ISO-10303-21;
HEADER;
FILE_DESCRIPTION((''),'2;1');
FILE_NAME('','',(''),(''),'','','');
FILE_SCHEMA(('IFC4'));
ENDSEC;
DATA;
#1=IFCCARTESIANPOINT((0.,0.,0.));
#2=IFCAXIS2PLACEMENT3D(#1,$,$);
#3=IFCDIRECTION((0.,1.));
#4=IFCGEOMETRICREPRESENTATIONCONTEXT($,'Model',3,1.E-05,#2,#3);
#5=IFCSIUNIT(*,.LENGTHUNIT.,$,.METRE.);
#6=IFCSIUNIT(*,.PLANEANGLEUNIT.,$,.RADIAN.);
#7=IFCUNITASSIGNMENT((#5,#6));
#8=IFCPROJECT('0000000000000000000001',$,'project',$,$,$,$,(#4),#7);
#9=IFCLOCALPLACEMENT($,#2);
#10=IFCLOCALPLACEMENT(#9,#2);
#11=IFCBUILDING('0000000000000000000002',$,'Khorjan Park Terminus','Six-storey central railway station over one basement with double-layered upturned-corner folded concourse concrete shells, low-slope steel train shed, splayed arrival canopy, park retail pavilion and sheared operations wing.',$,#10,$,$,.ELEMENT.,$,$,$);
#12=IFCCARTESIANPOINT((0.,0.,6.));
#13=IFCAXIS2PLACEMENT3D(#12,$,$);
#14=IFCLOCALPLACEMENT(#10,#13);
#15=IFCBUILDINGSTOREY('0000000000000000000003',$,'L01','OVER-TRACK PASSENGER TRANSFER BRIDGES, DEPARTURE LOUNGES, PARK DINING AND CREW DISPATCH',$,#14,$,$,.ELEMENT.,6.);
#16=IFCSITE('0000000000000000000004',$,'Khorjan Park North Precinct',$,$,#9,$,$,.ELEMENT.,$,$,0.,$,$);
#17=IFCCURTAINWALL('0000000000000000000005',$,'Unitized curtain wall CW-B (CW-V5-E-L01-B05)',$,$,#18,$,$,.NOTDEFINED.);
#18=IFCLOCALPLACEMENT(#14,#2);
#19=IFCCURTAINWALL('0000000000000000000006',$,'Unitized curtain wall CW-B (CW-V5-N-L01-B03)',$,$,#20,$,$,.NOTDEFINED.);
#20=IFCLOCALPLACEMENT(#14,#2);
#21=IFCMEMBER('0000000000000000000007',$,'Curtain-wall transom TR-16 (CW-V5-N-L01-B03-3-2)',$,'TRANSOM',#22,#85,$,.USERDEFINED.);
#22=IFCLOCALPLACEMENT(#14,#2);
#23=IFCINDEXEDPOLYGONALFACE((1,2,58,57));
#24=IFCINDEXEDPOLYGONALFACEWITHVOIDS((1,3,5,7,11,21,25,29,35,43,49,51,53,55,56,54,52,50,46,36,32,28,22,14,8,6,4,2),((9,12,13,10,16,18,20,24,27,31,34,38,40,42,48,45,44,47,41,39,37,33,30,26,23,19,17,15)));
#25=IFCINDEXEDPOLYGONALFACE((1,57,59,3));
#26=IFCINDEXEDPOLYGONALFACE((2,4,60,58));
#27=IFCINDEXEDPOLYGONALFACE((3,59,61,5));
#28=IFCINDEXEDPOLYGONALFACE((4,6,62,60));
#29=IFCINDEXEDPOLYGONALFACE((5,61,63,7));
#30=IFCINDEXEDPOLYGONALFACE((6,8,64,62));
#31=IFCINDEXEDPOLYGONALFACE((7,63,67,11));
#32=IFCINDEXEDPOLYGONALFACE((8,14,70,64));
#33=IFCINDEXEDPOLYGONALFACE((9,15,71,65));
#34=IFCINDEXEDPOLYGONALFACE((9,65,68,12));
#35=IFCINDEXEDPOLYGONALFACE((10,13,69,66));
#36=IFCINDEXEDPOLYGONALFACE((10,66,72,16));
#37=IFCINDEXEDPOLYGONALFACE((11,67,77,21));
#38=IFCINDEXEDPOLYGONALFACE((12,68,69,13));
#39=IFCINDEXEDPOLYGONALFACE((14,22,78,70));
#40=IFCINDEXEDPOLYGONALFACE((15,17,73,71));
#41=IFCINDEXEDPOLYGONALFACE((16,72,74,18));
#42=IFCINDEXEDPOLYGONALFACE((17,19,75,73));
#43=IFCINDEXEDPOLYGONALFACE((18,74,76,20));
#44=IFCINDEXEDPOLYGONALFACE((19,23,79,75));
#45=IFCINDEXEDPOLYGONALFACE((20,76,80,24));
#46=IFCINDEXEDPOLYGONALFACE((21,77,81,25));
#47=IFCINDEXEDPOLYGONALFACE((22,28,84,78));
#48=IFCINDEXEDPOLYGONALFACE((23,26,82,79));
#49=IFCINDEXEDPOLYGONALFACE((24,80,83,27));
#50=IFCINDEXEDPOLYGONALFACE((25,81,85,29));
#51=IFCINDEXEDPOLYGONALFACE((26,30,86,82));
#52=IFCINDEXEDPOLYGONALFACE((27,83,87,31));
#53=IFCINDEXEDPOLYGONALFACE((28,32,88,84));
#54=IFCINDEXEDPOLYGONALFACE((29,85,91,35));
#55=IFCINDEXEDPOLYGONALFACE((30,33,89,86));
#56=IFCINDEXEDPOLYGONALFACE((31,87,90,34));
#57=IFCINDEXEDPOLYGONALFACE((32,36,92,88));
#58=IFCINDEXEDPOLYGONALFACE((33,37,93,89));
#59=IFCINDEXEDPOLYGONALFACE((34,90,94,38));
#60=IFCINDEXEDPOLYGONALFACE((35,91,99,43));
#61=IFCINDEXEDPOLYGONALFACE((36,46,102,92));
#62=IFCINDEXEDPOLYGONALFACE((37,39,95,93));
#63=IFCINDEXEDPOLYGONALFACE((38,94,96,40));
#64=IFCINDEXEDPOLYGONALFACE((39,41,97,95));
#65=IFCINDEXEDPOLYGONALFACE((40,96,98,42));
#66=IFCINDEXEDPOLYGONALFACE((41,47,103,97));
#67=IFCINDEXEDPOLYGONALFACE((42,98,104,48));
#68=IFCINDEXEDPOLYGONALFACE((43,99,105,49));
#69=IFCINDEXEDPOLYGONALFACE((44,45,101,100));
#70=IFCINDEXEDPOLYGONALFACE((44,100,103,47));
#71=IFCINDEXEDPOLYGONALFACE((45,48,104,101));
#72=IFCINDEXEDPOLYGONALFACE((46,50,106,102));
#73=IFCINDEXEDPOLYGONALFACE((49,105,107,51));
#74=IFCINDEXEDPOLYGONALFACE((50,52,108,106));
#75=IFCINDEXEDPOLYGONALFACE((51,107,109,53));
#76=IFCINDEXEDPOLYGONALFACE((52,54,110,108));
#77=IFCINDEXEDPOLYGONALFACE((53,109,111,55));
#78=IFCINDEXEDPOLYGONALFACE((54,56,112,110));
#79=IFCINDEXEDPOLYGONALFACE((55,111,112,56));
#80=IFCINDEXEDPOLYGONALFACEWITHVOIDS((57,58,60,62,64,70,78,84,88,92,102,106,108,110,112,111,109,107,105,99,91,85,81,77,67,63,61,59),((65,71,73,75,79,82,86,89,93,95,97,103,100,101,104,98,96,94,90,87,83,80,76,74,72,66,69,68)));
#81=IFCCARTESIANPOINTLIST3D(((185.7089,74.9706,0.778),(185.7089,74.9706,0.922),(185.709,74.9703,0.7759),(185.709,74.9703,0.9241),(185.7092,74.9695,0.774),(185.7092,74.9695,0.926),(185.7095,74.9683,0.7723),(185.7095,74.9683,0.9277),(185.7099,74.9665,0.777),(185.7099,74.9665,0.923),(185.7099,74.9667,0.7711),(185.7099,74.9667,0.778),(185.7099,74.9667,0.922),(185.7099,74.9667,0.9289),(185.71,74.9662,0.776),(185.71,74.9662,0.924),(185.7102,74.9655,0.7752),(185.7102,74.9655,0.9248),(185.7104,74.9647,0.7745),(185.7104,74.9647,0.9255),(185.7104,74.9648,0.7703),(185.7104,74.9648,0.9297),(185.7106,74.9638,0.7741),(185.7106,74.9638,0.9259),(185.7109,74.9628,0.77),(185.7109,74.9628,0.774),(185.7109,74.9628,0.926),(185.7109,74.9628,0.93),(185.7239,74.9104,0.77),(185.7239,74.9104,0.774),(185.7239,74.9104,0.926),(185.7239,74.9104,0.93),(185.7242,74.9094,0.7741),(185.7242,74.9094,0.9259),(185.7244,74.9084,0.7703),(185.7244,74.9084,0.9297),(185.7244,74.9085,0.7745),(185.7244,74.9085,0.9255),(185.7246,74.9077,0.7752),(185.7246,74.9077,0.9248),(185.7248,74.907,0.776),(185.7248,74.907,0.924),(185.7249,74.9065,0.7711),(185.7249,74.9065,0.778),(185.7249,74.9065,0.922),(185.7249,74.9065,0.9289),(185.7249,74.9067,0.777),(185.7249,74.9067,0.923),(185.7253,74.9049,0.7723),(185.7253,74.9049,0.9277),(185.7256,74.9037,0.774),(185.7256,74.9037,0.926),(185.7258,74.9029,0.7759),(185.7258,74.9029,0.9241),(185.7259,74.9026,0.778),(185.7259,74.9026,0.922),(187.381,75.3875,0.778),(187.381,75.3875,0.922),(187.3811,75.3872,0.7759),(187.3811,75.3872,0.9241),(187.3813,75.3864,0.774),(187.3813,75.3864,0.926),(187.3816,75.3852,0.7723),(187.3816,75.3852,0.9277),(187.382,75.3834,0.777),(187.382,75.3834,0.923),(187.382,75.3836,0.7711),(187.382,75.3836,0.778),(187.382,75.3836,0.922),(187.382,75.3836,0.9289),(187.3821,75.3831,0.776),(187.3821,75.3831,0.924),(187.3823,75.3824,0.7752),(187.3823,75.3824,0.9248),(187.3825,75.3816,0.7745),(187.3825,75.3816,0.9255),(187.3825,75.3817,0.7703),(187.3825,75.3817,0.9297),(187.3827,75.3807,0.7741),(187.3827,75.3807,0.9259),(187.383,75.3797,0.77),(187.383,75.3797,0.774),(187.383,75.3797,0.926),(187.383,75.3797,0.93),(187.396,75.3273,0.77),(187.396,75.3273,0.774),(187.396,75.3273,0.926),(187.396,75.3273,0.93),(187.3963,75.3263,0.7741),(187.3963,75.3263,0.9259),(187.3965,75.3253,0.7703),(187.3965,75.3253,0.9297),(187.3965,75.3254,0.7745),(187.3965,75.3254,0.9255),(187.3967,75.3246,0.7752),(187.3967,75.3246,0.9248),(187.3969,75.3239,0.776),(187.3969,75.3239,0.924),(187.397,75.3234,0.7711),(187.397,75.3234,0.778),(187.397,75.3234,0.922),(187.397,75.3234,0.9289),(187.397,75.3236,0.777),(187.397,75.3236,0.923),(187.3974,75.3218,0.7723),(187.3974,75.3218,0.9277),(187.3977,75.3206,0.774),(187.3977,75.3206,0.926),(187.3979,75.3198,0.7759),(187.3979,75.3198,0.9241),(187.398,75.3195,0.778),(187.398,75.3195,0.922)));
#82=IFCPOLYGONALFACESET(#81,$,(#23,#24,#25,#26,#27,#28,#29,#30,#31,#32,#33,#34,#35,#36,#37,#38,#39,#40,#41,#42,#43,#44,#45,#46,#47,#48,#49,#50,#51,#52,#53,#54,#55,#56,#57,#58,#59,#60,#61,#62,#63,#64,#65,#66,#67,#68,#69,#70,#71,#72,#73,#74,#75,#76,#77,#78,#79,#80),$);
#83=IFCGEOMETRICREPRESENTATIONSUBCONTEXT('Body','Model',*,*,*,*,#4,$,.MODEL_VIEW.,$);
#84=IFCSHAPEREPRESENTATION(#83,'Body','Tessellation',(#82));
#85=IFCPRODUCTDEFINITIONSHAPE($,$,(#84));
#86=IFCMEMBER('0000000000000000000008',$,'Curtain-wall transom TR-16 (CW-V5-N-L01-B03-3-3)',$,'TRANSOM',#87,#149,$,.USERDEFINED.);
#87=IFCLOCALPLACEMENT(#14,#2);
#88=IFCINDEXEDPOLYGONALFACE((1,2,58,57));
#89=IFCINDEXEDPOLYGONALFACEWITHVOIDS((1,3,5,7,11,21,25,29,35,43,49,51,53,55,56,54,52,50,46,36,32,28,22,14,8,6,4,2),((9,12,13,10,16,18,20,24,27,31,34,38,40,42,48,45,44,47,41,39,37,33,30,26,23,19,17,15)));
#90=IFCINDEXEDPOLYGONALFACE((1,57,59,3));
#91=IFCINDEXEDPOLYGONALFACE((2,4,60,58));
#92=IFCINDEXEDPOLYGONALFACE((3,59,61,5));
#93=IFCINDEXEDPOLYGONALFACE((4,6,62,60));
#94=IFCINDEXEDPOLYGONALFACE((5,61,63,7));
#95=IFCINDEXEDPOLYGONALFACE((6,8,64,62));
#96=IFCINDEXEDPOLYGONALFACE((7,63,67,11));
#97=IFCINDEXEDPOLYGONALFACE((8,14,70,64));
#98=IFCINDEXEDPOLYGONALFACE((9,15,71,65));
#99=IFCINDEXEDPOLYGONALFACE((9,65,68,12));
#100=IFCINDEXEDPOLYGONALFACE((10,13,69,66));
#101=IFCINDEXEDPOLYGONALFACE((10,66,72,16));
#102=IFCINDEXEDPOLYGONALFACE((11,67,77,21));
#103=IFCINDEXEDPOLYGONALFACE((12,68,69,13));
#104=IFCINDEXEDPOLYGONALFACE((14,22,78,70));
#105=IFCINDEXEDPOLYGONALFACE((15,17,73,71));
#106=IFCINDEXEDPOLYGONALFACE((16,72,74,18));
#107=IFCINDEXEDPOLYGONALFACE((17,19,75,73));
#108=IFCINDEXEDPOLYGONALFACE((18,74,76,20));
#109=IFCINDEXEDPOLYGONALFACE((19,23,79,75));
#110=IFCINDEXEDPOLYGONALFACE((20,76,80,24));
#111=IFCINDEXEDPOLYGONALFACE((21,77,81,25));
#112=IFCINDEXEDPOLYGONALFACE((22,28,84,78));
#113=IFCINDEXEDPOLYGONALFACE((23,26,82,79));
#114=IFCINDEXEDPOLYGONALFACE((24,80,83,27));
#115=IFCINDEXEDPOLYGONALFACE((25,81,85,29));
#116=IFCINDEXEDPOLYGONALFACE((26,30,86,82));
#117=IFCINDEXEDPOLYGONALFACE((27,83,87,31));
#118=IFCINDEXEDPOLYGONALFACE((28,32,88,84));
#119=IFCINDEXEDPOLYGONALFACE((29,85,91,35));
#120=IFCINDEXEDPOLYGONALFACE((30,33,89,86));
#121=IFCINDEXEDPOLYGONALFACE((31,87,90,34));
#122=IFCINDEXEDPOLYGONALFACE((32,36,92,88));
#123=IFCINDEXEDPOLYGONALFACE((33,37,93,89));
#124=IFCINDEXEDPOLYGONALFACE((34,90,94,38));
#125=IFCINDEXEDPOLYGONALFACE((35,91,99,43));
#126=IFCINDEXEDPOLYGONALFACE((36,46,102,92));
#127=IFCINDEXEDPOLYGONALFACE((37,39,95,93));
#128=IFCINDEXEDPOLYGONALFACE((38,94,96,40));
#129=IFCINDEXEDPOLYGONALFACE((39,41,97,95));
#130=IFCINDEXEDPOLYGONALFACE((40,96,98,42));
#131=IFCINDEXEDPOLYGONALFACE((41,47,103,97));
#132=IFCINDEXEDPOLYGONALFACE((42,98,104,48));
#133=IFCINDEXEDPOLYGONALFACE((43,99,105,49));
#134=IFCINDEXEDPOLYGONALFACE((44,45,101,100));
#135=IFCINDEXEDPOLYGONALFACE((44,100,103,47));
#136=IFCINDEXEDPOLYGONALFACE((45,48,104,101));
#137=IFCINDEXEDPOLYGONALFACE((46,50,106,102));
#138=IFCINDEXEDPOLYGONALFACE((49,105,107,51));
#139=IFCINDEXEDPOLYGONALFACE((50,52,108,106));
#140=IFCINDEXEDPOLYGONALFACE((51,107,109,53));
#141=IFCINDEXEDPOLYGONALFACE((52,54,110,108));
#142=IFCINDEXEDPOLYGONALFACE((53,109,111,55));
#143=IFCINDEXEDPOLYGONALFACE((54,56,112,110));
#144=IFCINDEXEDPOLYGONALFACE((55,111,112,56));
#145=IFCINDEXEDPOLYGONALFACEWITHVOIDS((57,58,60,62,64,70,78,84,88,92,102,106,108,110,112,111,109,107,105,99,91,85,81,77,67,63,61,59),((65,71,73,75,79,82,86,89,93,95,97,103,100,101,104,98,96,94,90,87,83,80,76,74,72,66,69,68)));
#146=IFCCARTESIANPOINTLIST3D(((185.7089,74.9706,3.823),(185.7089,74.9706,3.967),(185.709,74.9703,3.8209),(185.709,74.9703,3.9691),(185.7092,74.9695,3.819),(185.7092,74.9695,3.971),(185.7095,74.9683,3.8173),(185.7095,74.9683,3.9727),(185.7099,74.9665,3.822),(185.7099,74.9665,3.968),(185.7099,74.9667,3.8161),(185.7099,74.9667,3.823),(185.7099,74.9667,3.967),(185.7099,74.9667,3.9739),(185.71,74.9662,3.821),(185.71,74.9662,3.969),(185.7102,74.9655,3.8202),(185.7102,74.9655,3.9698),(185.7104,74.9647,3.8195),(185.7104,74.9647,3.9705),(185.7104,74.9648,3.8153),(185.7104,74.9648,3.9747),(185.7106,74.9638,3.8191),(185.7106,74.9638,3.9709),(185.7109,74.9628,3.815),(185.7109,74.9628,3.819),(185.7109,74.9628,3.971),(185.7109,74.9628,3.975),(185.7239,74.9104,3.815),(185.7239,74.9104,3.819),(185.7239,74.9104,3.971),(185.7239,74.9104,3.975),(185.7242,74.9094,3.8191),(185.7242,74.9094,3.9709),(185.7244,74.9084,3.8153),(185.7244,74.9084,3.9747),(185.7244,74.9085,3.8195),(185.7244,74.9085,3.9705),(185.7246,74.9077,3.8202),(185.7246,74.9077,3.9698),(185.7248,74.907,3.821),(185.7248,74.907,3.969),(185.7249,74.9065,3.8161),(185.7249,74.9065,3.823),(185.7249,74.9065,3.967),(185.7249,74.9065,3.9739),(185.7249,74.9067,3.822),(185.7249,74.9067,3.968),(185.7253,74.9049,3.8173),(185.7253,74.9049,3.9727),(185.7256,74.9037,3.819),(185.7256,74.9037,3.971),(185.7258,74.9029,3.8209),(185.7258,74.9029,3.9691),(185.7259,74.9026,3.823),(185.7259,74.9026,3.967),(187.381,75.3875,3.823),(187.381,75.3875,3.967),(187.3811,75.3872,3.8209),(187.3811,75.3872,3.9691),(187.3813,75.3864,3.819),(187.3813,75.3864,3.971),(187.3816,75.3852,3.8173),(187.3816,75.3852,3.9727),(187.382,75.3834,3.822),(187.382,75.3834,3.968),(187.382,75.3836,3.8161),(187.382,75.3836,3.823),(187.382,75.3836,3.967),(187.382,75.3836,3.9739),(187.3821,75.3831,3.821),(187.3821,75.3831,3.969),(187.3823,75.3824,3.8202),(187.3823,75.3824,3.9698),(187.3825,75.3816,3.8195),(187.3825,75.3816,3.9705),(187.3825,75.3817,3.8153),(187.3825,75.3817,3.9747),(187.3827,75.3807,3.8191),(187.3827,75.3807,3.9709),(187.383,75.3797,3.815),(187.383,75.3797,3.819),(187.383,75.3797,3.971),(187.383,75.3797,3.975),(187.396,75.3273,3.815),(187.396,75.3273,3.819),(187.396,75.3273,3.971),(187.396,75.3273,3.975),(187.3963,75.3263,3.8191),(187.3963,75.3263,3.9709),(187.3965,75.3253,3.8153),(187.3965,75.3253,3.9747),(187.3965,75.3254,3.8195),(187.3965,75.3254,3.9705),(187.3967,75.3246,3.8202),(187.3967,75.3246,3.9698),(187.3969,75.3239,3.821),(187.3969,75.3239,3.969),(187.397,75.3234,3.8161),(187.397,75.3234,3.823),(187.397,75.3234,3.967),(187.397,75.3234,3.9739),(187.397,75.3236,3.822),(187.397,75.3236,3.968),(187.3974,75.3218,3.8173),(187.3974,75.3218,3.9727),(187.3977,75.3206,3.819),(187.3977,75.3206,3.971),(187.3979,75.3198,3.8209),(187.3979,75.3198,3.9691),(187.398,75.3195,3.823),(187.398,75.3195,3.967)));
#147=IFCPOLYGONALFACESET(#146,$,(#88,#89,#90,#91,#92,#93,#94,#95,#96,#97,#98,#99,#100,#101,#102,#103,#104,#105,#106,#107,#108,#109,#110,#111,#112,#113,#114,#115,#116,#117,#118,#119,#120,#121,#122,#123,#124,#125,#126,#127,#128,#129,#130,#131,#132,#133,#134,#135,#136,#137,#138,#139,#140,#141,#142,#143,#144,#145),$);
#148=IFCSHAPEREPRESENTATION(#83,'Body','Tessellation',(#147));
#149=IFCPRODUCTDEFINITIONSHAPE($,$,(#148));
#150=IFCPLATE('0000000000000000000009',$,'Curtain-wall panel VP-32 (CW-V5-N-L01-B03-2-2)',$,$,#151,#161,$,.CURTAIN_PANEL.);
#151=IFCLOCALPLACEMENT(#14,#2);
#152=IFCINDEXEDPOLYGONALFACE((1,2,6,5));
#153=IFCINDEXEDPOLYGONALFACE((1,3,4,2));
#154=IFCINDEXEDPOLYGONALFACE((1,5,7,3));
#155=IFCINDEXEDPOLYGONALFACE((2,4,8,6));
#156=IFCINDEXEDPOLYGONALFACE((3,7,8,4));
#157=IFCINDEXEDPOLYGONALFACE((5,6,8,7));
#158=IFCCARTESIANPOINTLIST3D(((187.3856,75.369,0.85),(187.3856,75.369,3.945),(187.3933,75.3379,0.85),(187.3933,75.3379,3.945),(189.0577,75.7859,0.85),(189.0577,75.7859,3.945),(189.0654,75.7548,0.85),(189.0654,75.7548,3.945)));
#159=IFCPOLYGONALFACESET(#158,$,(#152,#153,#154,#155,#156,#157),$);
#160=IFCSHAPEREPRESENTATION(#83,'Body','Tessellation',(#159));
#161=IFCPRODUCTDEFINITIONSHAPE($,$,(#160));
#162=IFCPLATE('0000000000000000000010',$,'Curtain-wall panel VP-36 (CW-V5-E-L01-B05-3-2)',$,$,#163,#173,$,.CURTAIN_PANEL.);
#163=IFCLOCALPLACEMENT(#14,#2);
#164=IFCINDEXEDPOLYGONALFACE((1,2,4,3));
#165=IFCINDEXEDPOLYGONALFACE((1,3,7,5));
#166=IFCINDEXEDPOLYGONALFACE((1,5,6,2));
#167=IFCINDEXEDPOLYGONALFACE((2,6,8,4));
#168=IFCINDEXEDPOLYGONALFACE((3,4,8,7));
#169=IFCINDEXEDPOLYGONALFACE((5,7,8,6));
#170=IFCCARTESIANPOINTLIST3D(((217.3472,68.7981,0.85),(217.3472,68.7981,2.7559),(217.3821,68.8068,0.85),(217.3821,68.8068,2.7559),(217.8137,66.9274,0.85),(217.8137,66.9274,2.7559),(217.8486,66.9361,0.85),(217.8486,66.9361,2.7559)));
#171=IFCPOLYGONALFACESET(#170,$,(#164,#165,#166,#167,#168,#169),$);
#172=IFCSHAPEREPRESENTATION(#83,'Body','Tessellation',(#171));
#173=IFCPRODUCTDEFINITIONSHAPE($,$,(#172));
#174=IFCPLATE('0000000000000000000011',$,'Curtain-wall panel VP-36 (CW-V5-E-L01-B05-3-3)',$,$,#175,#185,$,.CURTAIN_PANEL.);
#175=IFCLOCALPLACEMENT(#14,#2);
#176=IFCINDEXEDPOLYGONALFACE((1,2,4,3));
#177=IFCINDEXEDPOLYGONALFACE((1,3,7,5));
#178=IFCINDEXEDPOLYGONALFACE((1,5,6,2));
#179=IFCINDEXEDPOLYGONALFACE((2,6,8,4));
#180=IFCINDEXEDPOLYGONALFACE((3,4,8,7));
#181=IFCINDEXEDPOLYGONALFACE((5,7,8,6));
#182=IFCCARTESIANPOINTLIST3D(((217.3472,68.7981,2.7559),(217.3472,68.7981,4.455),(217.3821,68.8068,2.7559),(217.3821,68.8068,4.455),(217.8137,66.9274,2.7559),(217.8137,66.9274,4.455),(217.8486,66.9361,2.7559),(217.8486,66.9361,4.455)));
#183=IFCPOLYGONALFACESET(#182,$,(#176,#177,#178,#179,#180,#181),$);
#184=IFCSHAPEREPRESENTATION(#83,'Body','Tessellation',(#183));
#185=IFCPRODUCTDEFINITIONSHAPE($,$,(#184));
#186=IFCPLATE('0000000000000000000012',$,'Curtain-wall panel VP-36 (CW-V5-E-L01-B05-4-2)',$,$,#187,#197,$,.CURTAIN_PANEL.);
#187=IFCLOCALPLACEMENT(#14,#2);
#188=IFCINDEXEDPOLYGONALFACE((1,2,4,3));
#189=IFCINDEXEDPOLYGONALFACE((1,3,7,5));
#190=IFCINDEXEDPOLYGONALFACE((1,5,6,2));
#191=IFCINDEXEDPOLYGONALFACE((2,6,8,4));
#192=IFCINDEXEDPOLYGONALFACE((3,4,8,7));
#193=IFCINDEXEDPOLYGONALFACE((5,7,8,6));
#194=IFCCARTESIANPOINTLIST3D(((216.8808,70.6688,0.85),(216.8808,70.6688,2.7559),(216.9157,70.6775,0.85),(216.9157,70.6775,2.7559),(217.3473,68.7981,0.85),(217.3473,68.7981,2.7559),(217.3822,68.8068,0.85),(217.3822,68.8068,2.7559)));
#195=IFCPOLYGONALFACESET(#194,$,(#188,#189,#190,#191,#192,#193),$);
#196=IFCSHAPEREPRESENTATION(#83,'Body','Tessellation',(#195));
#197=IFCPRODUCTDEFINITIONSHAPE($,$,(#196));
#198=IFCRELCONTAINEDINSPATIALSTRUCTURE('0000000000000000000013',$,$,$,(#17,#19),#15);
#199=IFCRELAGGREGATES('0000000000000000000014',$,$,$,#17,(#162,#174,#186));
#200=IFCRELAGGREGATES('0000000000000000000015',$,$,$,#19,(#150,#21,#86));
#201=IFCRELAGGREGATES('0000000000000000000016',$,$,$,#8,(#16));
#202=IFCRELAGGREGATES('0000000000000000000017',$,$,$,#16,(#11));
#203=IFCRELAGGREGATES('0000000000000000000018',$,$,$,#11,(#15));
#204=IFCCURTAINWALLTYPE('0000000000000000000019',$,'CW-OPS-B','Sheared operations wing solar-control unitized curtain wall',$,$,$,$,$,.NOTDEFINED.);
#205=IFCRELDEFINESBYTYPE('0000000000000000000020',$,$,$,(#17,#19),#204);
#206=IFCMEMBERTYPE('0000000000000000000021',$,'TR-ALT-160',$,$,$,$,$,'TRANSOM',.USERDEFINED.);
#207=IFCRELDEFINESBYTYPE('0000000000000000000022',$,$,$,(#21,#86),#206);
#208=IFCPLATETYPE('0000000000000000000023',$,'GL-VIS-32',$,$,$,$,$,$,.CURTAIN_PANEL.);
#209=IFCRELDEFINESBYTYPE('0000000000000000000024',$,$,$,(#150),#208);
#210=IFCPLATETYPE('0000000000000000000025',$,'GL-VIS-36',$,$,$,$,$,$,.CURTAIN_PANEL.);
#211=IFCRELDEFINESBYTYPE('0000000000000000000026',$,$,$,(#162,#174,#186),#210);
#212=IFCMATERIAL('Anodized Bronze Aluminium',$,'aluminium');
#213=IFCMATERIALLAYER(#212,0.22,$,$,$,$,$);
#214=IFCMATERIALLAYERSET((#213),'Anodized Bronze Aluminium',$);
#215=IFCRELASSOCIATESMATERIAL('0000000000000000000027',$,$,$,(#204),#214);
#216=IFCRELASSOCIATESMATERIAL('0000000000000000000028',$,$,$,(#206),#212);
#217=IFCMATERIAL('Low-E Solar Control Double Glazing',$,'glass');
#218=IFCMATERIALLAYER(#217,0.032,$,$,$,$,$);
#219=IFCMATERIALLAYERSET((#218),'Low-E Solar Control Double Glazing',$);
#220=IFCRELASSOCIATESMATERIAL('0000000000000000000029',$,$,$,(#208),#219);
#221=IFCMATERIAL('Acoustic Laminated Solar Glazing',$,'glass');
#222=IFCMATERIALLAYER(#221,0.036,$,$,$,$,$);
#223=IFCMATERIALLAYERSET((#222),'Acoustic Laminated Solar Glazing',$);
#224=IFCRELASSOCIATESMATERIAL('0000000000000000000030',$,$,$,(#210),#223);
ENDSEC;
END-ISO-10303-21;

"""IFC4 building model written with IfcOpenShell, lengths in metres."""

from ifc_helpers import new_model, si_unit, direction, frame, origin, origin_2d, place, context, subcontext, project, spatial, rectangle, hollow_rectangle, extrude, material, layer, layer_set, material_profile, profile_set, type_object, element, aggregate, save


model = new_model("IFC4")

# Units and contexts
model_context = context("Model", 3, precision=1e-05, world=origin(), true_north=direction((0.0, 1.0)))
body_context = subcontext(model_context, "Body", "Model", "MODEL_VIEW")
ifc_project = project(units=[si_unit("LENGTHUNIT", "METRE"), si_unit("PLANEANGLEUNIT", "RADIAN")], contexts=[model_context])

# Site, building, storey
site_placement = place(None, origin())
site = spatial("IfcSite", under=ifc_project, at=site_placement, Name="Khorjan Park North Precinct", CompositionType="ELEMENT", RefElevation=0.0)
building_placement = place(site_placement, origin())
building = spatial("IfcBuilding", under=site, at=building_placement, Name="Khorjan Park Terminus", Description="Six-storey central railway station over one basement with double-layered upturned-corner folded concourse concrete shells, low-slope steel train shed, splayed arrival canopy, park retail pavilion and sheared operations wing.", CompositionType="ELEMENT")
storey_placement = place(building_placement, frame((0.0, 0.0, 6.0)))
storey = spatial("IfcBuildingStorey", under=building, at=storey_placement, Name="L01", Description="OVER-TRACK PASSENGER TRANSFER BRIDGES, DEPARTURE LOUNGES, PARK DINING AND CREW DISPATCH", CompositionType="ELEMENT", Elevation=6.0)

# Curtain walls
ifc_material_1 = material(Name="Anodized Bronze Aluminium", Category="aluminium")
ifc_layer_1 = layer(ifc_material_1, 0.22)
ifc_layer_set_1 = layer_set([ifc_layer_1], Name="Anodized Bronze Aluminium")
curtain_wall_type = type_object("IfcCurtainWallType", Name="CW-OPS-B", Description="Sheared operations wing solar-control unitized curtain wall", PredefinedType="NOTDEFINED", material=ifc_layer_set_1)
curtain_wall_1_placement = place(storey_placement, origin())
curtain_wall_1 = element("IfcCurtainWall", 1, at=curtain_wall_1_placement, inside=storey, type_object=curtain_wall_type, Name="Unitized curtain wall CW-B (CW-V5-E-L01-B05)", PredefinedType="NOTDEFINED")
curtain_wall_2_placement = place(storey_placement, origin())
curtain_wall_2 = element("IfcCurtainWall", 2, at=curtain_wall_2_placement, inside=storey, type_object=curtain_wall_type, Name="Unitized curtain wall CW-B (CW-V5-N-L01-B03)", PredefinedType="NOTDEFINED")

# Members
ifc_material_profile_1 = material_profile(ifc_material_1, hollow_rectangle(XDim=0.07, YDim=0.16, WallThickness=0.004, InnerFilletRadius=0.004, OuterFilletRadius=0.008, at=origin_2d()), Name="ALT 70x160x4")
ifc_profile_set_1 = profile_set([ifc_material_profile_1], Name="Anodized Bronze Aluminium")
member_type_1 = type_object("IfcMemberType", Name="TR-ALT-160", ElementType="TRANSOM", PredefinedType="USERDEFINED", material=ifc_profile_set_1)
member_1_placement = place(storey_placement, frame((187.3895, 75.3535, 0.85), z_axis=(-0.970296, -0.241921, 0.0), x_axis=(0.241921, -0.970296, 0.0)))
member_1 = element("IfcMember", 3, at=member_1_placement, type_object=member_type_1, Name="Curtain-wall transom TR-16 (CW-V5-N-L01-B03-3-2)", ObjectType="TRANSOM", PredefinedType="USERDEFINED", context=body_context, shape_type="SweptSolid", body=[
    extrude(hollow_rectangle(XDim=0.07, YDim=0.16, WallThickness=0.004, InnerFilletRadius=0.004, OuterFilletRadius=0.008, at=origin_2d()), origin(), (0.0, 0.0, 1.0), 1.7233),
])
member_2_placement = place(storey_placement, frame((187.3895, 75.3535, 3.895), z_axis=(-0.970296, -0.241921, 0.0), x_axis=(0.241921, -0.970296, 0.0)))
member_2 = element("IfcMember", 4, at=member_2_placement, type_object=member_type_1, Name="Curtain-wall transom TR-16 (CW-V5-N-L01-B03-3-3)", ObjectType="TRANSOM", PredefinedType="USERDEFINED", context=body_context, shape_type="SweptSolid", body=[
    extrude(hollow_rectangle(XDim=0.07, YDim=0.16, WallThickness=0.004, InnerFilletRadius=0.004, OuterFilletRadius=0.008, at=origin_2d()), origin(), (0.0, 0.0, 1.0), 1.7233),
])

# Plates
ifc_material_2 = material(Name="Low-E Solar Control Double Glazing", Category="glass")
ifc_layer_2 = layer(ifc_material_2, 0.032)
ifc_layer_set_2 = layer_set([ifc_layer_2], Name="Low-E Solar Control Double Glazing")
plate_type_1 = type_object("IfcPlateType", Name="GL-VIS-32", PredefinedType="CURTAIN_PANEL", material=ifc_layer_set_2)
plate_1_placement = place(storey_placement, frame((188.2255, 75.5619, 0.85), z_axis=(0.0, 0.0, 1.0), x_axis=(-0.970296, -0.241921, 0.0)))
plate_1 = element("IfcPlate", 5, at=plate_1_placement, type_object=plate_type_1, Name="Curtain-wall panel VP-32 (CW-V5-N-L01-B03-2-2)", PredefinedType="CURTAIN_PANEL", context=body_context, shape_type="SweptSolid", body=[
    extrude(rectangle(XDim=1.7233, YDim=0.032, at=origin_2d()), origin(), (0.0, 0.0, 1.0), 3.095),
])
ifc_material_3 = material(Name="Acoustic Laminated Solar Glazing", Category="glass")
ifc_layer_3 = layer(ifc_material_3, 0.036)
ifc_layer_set_3 = layer_set([ifc_layer_3], Name="Acoustic Laminated Solar Glazing")
plate_type_2 = type_object("IfcPlateType", Name="GL-VIS-36", PredefinedType="CURTAIN_PANEL", material=ifc_layer_set_3)
plate_2_placement = place(storey_placement, frame((217.5979, 67.8671, 0.85), z_axis=(0.0, 0.0, 1.0), x_axis=(-0.241935, 0.970292, 0.0)))
plate_2 = element("IfcPlate", 6, at=plate_2_placement, type_object=plate_type_2, Name="Curtain-wall panel VP-36 (CW-V5-E-L01-B05-3-2)", PredefinedType="CURTAIN_PANEL", context=body_context, shape_type="SweptSolid", body=[
    extrude(rectangle(XDim=1.928, YDim=0.036, at=origin_2d()), origin(), (0.0, 0.0, 1.0), 1.9059),
])
plate_3_placement = place(storey_placement, frame((217.5979, 67.8671, 2.7559), z_axis=(0.0, 0.0, 1.0), x_axis=(-0.241935, 0.970292, 0.0)))
plate_3 = element("IfcPlate", 7, at=plate_3_placement, type_object=plate_type_2, Name="Curtain-wall panel VP-36 (CW-V5-E-L01-B05-3-3)", PredefinedType="CURTAIN_PANEL", context=body_context, shape_type="SweptSolid", body=[
    extrude(rectangle(XDim=1.928, YDim=0.036, at=origin_2d()), origin(), (0.0, 0.0, 1.0), 1.6991),
])
plate_4_placement = place(storey_placement, frame((217.1315, 69.7378, 0.85), z_axis=(0.0, 0.0, 1.0), x_axis=(-0.241935, 0.970292, 0.0)))
plate_4 = element("IfcPlate", 8, at=plate_4_placement, type_object=plate_type_2, Name="Curtain-wall panel VP-36 (CW-V5-E-L01-B05-4-2)", PredefinedType="CURTAIN_PANEL", context=body_context, shape_type="SweptSolid", body=[
    extrude(rectangle(XDim=1.928, YDim=0.036, at=origin_2d()), origin(), (0.0, 0.0, 1.0), 1.9059),
])
aggregate(curtain_wall_1, [plate_2, plate_3, plate_4])
aggregate(curtain_wall_2, [plate_1, member_1, member_2])

save(model, "model.ifc")
